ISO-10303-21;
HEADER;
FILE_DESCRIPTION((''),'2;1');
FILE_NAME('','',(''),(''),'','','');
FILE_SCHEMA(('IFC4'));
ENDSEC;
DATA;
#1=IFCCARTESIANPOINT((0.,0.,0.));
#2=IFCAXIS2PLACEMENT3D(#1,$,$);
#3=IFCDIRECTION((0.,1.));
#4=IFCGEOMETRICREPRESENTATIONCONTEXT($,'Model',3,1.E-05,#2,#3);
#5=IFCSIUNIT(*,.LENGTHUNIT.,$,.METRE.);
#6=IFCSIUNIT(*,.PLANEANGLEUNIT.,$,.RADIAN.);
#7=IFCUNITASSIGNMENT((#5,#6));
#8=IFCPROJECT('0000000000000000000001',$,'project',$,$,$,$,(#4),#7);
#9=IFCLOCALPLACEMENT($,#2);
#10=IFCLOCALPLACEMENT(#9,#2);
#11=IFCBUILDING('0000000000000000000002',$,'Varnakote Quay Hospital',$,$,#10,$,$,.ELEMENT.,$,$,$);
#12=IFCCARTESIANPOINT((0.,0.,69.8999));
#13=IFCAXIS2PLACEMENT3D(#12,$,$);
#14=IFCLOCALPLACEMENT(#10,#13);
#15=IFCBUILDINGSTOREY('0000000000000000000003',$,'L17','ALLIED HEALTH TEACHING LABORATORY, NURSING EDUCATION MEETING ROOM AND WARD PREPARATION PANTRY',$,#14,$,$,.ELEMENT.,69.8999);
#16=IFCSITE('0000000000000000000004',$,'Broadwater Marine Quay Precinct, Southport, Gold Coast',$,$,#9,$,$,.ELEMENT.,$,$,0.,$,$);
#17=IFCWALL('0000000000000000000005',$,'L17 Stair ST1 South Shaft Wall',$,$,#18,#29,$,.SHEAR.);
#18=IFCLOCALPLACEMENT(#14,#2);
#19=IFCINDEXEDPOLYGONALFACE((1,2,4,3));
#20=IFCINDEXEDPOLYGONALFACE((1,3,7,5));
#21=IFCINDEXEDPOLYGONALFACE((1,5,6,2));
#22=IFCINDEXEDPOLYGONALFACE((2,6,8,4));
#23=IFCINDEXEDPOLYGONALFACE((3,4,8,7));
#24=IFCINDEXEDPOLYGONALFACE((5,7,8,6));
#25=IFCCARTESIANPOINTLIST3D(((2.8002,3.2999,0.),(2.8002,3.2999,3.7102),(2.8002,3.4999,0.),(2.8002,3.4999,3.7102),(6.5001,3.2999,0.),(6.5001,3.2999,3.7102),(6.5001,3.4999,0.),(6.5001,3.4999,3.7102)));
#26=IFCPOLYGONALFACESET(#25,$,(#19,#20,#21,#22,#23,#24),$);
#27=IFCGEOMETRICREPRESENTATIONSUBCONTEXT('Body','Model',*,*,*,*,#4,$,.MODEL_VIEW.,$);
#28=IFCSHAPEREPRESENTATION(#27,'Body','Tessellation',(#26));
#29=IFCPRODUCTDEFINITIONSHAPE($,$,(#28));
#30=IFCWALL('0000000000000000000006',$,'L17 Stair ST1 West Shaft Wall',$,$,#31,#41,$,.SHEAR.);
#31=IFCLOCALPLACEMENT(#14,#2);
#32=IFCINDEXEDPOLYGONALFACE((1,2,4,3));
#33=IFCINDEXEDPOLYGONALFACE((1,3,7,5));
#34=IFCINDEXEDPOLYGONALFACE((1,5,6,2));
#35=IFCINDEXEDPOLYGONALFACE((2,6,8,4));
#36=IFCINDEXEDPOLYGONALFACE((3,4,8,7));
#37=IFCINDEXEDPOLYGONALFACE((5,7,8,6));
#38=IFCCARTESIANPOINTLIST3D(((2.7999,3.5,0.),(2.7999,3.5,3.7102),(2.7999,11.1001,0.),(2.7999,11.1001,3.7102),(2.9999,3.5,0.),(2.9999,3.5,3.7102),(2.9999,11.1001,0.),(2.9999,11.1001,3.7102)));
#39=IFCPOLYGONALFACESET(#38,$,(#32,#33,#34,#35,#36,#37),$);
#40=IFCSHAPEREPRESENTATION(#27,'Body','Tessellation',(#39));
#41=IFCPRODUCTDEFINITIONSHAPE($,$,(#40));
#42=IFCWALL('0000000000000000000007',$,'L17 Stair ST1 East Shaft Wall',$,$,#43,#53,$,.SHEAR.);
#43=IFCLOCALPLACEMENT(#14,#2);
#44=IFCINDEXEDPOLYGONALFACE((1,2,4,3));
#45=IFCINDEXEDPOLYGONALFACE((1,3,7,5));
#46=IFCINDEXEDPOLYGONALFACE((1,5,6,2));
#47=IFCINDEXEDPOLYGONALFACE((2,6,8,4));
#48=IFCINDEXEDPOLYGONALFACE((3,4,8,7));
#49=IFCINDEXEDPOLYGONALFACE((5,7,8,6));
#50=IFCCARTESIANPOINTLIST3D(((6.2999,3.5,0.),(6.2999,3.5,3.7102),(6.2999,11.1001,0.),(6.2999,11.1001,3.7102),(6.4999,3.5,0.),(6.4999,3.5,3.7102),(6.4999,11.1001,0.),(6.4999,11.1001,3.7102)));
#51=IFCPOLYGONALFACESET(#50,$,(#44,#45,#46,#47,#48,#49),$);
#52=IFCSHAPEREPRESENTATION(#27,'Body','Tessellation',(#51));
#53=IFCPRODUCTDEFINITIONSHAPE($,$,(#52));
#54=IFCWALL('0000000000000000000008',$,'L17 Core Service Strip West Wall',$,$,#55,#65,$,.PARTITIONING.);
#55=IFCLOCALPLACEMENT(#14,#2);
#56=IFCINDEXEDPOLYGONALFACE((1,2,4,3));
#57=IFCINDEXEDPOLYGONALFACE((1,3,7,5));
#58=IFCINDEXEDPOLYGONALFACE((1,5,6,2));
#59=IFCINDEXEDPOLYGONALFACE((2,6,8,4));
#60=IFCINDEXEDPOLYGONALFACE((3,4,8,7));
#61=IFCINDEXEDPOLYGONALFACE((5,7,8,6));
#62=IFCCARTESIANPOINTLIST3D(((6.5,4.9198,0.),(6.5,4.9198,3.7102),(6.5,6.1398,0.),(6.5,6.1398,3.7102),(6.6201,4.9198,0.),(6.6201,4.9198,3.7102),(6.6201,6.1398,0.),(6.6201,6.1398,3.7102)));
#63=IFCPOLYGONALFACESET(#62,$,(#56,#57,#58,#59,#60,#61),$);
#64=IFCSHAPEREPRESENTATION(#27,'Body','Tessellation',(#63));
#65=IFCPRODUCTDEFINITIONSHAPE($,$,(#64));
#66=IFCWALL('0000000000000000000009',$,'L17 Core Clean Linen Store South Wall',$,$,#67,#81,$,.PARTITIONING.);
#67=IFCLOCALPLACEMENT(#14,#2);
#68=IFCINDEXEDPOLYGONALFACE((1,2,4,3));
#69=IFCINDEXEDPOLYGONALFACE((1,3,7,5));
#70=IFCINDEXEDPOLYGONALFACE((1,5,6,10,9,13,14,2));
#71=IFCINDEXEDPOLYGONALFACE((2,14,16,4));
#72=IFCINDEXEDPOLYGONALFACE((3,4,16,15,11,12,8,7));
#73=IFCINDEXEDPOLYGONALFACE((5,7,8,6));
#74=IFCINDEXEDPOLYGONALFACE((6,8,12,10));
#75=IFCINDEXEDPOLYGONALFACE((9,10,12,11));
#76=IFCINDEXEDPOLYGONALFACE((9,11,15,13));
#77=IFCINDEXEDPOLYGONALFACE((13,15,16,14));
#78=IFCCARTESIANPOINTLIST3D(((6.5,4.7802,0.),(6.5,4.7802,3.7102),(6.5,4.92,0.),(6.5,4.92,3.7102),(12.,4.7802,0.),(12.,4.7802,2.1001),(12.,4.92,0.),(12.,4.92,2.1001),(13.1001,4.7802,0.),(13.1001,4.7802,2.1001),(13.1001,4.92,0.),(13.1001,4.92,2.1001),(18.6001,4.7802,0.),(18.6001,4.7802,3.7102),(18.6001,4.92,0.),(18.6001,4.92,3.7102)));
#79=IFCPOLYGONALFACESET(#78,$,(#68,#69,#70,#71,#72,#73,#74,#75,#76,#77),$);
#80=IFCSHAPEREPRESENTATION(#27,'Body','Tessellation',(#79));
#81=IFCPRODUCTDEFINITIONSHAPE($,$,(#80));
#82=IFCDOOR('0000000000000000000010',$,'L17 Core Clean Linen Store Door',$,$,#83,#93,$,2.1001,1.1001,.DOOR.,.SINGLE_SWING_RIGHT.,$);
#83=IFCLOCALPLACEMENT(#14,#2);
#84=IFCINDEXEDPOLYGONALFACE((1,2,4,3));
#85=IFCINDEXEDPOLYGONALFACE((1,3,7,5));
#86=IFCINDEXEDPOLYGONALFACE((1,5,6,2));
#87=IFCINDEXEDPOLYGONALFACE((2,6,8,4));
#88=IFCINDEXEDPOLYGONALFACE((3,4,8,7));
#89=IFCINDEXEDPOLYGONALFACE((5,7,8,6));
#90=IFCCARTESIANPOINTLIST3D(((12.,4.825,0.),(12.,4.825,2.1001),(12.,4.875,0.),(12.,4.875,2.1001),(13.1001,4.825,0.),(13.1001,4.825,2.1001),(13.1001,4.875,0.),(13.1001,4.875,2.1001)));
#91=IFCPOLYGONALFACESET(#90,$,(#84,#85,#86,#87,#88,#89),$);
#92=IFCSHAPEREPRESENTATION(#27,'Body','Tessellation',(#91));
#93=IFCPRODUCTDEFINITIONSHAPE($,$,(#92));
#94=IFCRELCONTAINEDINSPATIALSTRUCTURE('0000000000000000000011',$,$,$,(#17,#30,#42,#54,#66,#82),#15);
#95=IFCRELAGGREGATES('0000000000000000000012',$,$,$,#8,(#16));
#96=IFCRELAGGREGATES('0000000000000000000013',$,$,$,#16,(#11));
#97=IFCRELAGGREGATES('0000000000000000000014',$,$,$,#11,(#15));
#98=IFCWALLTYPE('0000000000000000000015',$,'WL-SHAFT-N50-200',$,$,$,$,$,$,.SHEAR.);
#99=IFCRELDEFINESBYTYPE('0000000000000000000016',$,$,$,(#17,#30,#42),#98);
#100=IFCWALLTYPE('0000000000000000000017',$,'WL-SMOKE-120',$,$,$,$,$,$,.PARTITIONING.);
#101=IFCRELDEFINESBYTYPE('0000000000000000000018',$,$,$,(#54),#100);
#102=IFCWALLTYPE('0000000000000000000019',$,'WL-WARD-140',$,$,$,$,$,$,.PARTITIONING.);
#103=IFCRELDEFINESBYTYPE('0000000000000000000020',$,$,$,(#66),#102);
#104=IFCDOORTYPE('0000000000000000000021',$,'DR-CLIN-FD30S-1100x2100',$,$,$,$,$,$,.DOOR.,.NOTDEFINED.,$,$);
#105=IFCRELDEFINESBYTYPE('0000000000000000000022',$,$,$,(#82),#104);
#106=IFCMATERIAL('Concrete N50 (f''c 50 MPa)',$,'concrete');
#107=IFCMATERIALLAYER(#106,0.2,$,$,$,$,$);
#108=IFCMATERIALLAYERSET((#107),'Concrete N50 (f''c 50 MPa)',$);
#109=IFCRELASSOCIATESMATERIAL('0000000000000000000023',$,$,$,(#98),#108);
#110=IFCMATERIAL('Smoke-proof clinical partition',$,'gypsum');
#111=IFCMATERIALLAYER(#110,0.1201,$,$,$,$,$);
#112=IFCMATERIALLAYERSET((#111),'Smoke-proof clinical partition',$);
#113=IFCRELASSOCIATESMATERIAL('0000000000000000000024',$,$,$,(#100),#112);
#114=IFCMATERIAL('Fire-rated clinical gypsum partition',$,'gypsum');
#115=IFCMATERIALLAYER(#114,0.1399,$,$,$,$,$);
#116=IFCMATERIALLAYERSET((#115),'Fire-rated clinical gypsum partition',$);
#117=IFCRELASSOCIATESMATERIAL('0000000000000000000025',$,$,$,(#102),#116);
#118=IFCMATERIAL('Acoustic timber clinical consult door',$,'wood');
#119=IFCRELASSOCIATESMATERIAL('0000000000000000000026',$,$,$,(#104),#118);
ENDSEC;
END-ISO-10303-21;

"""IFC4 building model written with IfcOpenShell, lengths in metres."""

from ifc_helpers import new_model, si_unit, direction, frame, frame_2d, origin, place, context, subcontext, project, spatial, rectangle, extrude, material, layer, layer_set, type_object, element, fill, save


model = new_model("IFC4")

# Units and contexts
model_context = context("Model", 3, precision=1e-05, world=origin(), true_north=direction((0.0, 1.0)))
body_context = subcontext(model_context, "Body", "Model", "MODEL_VIEW")
ifc_project = project(units=[si_unit("LENGTHUNIT", "METRE"), si_unit("PLANEANGLEUNIT", "RADIAN")], contexts=[model_context])

# Site, building, storey
site_placement = place(None, origin())
site = spatial("IfcSite", under=ifc_project, at=site_placement, Name="Broadwater Marine Quay Precinct, Southport, Gold Coast", CompositionType="ELEMENT", RefElevation=0.0)
building_placement = place(site_placement, origin())
building = spatial("IfcBuilding", under=site, at=building_placement, Name="Varnakote Quay Hospital", CompositionType="ELEMENT")
storey_placement = place(building_placement, frame((0.0, 0.0, 69.8999)))
storey = spatial("IfcBuildingStorey", under=building, at=storey_placement, Name="L17", Description="ALLIED HEALTH TEACHING LABORATORY, NURSING EDUCATION MEETING ROOM AND WARD PREPARATION PANTRY", CompositionType="ELEMENT", Elevation=69.8999)

# Walls
ifc_material_1 = material(Name="Concrete N50 (f'c 50 MPa)", Category="concrete")
ifc_layer_1 = layer(ifc_material_1, 0.2)
ifc_layer_set_1 = layer_set([ifc_layer_1], Name="Concrete N50 (f'c 50 MPa)")
wall_type_1 = type_object("IfcWallType", Name="WL-SHAFT-N50-200", PredefinedType="SHEAR", material=ifc_layer_set_1)
wall_1_placement = place(storey_placement, frame((2.8, 3.3999, 0.0), z_axis=(0.0, 0.0, 1.0), x_axis=(1.0, 0.0, 0.0)))
element("IfcWall", 1, at=wall_1_placement, inside=storey, type_object=wall_type_1, Name="L17 Stair ST1 South Shaft Wall", PredefinedType="SHEAR", context=body_context, shape_type="SweptSolid", body=[
    extrude(rectangle(XDim=3.7, YDim=0.2, at=frame_2d((1.8501, 0.0))), origin(), (0.0, 0.0, 1.0), 3.7102),
])
for number, where, z_axis, x_axis, name in (
    (2, (2.8999, 3.5, 0.0), (0.0, 0.0, 1.0), (0.0, 1.0, 0.0), "L17 Stair ST1 West Shaft Wall"),
    (3, (6.3999, 3.5, 0.0), (0.0, 0.0, 1.0), (0.0, 1.0, 0.0), "L17 Stair ST1 East Shaft Wall"),
):
    element("IfcWall", number, at=place(storey_placement, frame(where, z_axis=z_axis, x_axis=x_axis)), inside=storey, type_object=wall_type_1, Name=name, PredefinedType="SHEAR", context=body_context, shape_type="SweptSolid", body=[
        extrude(rectangle(XDim=7.6001, YDim=0.2, at=frame_2d((3.8, 0.0))), origin(), (0.0, 0.0, 1.0), 3.7102),
    ])
ifc_material_2 = material(Name="Smoke-proof clinical partition", Category="gypsum")
ifc_layer_2 = layer(ifc_material_2, 0.1201)
ifc_layer_set_2 = layer_set([ifc_layer_2], Name="Smoke-proof clinical partition")
wall_type_2 = type_object("IfcWallType", Name="WL-SMOKE-120", PredefinedType="PARTITIONING", material=ifc_layer_set_2)
wall_2_placement = place(storey_placement, frame((6.5601, 4.9199, 0.0), z_axis=(0.0, 0.0, 1.0), x_axis=(0.0, 1.0, 0.0)))
element("IfcWall", 4, at=wall_2_placement, inside=storey, type_object=wall_type_2, Name="L17 Core Service Strip West Wall", PredefinedType="PARTITIONING", context=body_context, shape_type="SweptSolid", body=[
    extrude(rectangle(XDim=1.22, YDim=0.1201, at=frame_2d((0.6099, 0.0))), origin(), (0.0, 0.0, 1.0), 3.7102),
])

# Wall, opening, door
ifc_material_3 = material(Name="Fire-rated clinical gypsum partition", Category="gypsum")
ifc_layer_3 = layer(ifc_material_3, 0.1399)
ifc_layer_set_3 = layer_set([ifc_layer_3], Name="Fire-rated clinical gypsum partition")
wall_type_3 = type_object("IfcWallType", Name="WL-WARD-140", PredefinedType="PARTITIONING", material=ifc_layer_set_3)
wall_3_placement = place(storey_placement, frame((6.5, 4.8501, 0.0), z_axis=(0.0, 0.0, 1.0), x_axis=(1.0, 0.0, 0.0)))
wall_3 = element("IfcWall", 5, at=wall_3_placement, inside=storey, type_object=wall_type_3, Name="L17 Core Clean Linen Store South Wall", PredefinedType="PARTITIONING", context=body_context, shape_type="SweptSolid", body=[
    extrude(rectangle(XDim=12.1001, YDim=0.1399, at=frame_2d((6.05, 0.0))), origin(), (0.0, 0.0, 1.0), 3.7102),
])
opening_1_placement = place(wall_3_placement, frame((5.5, 0.0, 0.0)))
opening_1 = element("IfcOpeningElement", 6, at=opening_1_placement, cuts=wall_3, PredefinedType="OPENING", context=body_context, shape_type="SweptSolid", body=[
    extrude(rectangle(XDim=1.1001, YDim=2.1001, at=frame_2d((0.55, 1.05))), frame((0.0, 0.0798, 0.0), z_axis=(0.0, -1.0, 0.0), x_axis=(1.0, 0.0, 0.0)), (0.0, 0.0, 1.0), 0.1599),
])
ifc_material_4 = material(Name="Acoustic timber clinical consult door", Category="wood")
door_type = type_object("IfcDoorType", Name="DR-CLIN-FD30S-1100x2100", OperationType="NOTDEFINED", PredefinedType="DOOR", material=ifc_material_4)
door_placement = place(opening_1_placement, origin())
door = element("IfcDoor", 7, at=door_placement, inside=storey, type_object=door_type, Name="L17 Core Clean Linen Store Door", OperationType="SINGLE_SWING_RIGHT", OverallHeight=2.1001, OverallWidth=1.1001, PredefinedType="DOOR", context=body_context, shape_type="SweptSolid", body=[
    extrude(rectangle(XDim=1.1001, YDim=2.1001, at=frame_2d((0.55, 1.05))), frame((0.0, 0.0249, 0.0), z_axis=(0.0, -1.0, 0.0), x_axis=(1.0, 0.0, 0.0)), (0.0, 0.0, 1.0), 0.05),
])
fill(opening_1, door)

save(model, "model.ifc")
